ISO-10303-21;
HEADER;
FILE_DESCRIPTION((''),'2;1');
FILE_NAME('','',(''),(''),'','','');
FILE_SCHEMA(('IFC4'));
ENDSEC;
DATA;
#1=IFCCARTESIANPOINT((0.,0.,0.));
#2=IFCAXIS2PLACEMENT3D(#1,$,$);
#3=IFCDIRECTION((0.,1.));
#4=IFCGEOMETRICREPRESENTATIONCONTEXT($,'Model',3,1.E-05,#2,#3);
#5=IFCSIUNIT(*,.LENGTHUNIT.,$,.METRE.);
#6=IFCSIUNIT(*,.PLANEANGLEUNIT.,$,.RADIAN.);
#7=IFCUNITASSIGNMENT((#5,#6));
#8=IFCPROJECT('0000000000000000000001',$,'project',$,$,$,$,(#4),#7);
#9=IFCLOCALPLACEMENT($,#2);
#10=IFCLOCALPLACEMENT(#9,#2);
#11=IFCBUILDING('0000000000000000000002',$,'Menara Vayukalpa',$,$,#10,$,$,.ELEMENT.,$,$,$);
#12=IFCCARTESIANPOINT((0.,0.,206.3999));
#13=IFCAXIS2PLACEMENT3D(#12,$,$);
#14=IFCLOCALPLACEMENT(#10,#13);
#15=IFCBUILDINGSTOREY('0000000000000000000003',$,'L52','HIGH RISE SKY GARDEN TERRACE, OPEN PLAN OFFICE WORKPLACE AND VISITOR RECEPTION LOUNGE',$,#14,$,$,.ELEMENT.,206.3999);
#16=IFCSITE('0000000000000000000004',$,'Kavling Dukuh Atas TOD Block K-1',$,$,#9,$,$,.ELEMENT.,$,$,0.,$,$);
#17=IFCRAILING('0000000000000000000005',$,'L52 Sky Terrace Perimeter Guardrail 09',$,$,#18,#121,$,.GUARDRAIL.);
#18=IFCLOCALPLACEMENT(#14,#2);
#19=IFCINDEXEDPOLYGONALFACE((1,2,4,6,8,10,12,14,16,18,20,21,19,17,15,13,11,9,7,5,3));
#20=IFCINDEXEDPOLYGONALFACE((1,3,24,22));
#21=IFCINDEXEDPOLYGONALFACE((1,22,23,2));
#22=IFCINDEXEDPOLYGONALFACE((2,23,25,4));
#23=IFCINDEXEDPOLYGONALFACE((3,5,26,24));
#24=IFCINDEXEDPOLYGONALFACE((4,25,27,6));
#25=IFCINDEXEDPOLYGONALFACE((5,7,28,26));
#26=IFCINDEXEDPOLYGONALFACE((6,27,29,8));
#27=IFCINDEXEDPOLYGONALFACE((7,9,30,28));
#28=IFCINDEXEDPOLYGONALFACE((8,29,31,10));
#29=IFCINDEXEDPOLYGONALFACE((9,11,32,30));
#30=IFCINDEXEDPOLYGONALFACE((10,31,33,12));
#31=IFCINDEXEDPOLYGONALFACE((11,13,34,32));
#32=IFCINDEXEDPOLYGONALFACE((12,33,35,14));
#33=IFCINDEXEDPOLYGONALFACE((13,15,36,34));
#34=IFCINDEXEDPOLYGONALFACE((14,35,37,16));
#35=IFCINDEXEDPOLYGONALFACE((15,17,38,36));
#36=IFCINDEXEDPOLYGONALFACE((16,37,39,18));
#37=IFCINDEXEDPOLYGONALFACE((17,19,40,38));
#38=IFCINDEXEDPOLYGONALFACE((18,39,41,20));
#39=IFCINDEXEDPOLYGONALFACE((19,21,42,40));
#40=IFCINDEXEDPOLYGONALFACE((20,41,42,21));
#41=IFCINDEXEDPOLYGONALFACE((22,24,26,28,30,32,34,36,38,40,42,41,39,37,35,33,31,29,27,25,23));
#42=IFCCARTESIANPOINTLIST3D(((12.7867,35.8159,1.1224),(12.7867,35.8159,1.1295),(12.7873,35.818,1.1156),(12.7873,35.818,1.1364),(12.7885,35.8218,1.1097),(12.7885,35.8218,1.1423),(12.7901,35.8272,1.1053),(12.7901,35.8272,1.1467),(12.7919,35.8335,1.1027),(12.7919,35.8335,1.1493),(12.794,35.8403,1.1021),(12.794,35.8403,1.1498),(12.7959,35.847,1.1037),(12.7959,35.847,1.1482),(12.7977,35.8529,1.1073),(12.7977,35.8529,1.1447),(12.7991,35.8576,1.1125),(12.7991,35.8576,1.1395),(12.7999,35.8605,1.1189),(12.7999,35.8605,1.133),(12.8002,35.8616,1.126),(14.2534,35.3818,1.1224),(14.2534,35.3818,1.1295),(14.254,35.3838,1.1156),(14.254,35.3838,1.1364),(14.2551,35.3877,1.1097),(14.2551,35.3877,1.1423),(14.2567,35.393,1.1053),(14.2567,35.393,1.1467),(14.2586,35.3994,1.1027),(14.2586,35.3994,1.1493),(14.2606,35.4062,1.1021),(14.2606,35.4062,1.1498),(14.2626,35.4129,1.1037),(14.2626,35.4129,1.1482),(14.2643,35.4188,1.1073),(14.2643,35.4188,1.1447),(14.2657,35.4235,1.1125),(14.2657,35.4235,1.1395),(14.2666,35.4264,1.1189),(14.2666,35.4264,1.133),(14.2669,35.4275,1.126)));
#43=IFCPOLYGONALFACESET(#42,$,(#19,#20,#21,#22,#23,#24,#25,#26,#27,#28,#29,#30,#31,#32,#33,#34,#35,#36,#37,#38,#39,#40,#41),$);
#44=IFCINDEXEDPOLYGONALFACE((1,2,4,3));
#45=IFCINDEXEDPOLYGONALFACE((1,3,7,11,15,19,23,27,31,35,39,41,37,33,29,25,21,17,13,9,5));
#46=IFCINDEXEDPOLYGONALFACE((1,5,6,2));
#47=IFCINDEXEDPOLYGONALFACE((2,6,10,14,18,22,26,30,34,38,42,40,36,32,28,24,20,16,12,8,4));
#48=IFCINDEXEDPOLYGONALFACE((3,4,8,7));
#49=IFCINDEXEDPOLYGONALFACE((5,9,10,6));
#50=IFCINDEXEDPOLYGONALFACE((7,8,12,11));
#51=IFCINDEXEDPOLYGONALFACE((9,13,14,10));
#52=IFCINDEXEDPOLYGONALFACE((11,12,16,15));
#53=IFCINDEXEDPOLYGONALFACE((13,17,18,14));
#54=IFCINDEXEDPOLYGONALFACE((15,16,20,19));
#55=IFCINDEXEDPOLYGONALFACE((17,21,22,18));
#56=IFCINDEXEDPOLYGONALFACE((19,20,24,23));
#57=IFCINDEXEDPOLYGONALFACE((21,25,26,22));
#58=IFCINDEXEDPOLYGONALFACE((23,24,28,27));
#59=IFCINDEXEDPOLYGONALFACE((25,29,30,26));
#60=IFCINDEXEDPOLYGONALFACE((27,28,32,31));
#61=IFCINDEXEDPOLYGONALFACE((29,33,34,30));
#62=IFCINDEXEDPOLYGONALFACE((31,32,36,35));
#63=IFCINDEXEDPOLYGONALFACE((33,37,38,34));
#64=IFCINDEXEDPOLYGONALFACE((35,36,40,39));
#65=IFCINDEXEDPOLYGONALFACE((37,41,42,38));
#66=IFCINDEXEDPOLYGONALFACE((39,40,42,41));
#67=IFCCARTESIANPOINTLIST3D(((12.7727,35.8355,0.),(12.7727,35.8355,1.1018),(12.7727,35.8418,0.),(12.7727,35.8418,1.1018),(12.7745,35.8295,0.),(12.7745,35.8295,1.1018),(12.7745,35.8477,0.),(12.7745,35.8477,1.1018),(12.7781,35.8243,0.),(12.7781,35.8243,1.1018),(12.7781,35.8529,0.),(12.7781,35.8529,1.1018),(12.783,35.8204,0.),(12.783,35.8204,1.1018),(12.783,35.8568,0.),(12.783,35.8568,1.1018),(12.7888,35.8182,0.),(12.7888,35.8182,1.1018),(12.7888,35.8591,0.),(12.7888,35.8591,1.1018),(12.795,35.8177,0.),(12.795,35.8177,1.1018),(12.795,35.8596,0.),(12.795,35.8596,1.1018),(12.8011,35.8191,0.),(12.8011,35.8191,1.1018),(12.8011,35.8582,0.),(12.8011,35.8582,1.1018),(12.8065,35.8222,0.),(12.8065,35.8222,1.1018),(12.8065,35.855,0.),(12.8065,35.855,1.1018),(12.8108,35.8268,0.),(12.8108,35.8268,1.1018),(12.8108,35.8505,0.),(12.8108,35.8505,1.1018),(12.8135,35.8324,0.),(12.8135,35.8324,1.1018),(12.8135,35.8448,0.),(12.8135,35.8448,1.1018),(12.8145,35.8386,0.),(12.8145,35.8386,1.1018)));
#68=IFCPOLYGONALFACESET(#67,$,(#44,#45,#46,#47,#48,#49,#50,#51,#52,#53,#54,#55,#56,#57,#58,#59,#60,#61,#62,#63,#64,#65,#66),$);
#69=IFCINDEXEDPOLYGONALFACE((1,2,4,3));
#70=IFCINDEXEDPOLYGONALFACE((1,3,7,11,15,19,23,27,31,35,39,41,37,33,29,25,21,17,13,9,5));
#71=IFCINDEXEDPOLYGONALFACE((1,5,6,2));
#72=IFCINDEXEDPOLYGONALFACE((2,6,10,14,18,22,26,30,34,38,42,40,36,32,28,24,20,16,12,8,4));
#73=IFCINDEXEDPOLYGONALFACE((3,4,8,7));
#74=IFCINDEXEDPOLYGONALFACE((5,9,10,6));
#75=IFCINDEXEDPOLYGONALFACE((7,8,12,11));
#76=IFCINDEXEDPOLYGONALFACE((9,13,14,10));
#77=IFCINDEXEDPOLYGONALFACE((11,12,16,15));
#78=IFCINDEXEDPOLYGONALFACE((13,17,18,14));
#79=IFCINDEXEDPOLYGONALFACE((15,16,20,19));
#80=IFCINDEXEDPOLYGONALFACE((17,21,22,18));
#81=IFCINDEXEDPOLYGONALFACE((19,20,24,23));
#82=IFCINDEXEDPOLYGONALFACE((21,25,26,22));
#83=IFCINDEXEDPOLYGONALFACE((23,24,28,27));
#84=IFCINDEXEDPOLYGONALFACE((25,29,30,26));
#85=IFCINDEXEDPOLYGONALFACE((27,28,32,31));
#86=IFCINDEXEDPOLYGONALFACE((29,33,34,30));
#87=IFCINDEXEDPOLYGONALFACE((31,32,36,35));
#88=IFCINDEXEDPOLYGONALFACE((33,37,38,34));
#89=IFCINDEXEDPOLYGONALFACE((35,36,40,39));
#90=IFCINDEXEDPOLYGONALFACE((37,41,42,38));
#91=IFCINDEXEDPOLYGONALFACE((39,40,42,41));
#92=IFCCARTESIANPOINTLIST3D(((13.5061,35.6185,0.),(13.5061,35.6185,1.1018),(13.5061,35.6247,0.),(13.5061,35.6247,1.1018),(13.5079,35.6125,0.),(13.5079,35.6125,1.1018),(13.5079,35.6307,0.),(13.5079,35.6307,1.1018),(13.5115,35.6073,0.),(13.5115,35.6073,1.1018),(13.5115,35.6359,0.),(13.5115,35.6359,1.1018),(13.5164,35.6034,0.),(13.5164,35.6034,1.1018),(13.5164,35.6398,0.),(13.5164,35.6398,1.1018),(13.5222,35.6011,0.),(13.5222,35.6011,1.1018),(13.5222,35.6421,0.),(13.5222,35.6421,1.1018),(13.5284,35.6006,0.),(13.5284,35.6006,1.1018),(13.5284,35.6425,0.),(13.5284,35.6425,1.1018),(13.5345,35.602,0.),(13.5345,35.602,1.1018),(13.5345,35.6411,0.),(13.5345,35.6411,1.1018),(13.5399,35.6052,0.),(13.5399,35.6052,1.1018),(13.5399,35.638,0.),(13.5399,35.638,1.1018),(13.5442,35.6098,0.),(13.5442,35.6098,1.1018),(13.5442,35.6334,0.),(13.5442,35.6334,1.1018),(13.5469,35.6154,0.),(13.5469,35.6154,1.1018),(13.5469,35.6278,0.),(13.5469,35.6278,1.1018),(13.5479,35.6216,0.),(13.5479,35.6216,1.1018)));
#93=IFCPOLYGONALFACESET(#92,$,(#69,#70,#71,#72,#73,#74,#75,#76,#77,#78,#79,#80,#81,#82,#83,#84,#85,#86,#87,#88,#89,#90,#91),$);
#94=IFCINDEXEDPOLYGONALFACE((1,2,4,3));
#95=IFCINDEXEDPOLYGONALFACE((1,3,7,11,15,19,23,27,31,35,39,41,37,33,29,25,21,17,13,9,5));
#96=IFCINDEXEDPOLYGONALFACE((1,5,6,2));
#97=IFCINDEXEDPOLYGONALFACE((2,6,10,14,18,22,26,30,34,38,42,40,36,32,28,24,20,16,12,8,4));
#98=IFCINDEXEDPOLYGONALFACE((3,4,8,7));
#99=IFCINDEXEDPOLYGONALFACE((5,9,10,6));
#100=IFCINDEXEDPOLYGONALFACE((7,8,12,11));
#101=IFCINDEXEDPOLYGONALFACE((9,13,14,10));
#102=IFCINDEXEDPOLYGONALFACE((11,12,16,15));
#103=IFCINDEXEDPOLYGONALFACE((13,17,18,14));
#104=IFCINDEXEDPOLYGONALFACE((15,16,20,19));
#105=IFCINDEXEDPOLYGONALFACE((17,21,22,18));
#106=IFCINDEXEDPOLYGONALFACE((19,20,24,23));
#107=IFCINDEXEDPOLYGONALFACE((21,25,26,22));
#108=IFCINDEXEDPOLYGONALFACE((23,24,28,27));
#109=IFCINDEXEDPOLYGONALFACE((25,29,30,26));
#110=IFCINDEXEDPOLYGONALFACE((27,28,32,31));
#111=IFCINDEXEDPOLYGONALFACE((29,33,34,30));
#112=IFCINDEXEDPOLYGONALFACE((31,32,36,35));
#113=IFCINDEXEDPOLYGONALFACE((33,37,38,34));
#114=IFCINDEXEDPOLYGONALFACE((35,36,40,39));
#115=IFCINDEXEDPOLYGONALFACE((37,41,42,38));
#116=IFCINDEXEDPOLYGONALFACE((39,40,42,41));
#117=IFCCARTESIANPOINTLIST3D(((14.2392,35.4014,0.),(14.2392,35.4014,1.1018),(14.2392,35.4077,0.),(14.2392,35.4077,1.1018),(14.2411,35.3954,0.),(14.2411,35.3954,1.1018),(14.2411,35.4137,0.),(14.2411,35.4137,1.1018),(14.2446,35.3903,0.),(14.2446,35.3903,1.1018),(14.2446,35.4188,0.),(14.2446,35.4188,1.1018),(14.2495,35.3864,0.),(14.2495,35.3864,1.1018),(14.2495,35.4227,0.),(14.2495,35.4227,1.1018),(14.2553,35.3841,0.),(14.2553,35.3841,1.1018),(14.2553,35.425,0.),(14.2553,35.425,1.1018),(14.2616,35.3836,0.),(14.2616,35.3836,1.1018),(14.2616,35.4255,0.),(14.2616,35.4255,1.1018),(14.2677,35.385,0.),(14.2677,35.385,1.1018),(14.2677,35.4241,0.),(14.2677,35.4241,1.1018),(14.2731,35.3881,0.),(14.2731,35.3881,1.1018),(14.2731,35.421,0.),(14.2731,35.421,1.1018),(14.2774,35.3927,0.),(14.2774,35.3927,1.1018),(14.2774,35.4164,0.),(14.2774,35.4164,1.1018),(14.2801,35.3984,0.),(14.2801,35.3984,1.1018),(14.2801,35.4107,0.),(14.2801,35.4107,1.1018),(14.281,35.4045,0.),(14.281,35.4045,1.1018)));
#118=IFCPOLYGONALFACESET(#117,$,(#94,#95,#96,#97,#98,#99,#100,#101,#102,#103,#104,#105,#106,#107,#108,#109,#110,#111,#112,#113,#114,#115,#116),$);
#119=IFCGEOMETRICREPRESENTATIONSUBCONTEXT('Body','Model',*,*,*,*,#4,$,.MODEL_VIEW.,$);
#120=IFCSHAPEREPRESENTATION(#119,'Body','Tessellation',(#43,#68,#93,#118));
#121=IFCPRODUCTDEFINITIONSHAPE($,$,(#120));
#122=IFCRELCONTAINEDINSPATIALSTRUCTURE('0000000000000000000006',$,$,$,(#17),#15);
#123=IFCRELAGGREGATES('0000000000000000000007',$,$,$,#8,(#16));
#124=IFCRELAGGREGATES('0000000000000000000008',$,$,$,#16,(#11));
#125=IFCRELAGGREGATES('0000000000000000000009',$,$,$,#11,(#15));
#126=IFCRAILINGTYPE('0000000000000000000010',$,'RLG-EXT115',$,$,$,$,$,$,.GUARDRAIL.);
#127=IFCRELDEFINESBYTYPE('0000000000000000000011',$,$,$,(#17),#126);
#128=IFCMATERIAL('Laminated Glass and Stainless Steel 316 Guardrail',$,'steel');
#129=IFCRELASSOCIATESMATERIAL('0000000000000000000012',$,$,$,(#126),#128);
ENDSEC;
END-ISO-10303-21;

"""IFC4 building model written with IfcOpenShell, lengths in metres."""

from ifc_helpers import new_model, si_unit, direction, frame, origin, origin_2d, place, context, subcontext, project, spatial, circle, extrude, material, type_object, element, save


model = new_model("IFC4")

# Units and contexts
model_context = context("Model", 3, precision=1e-05, world=origin(), true_north=direction((0.0, 1.0)))
body_context = subcontext(model_context, "Body", "Model", "MODEL_VIEW")
ifc_project = project(units=[si_unit("LENGTHUNIT", "METRE"), si_unit("PLANEANGLEUNIT", "RADIAN")], contexts=[model_context])

# Site, building, storey
site_placement = place(None, origin())
site = spatial("IfcSite", under=ifc_project, at=site_placement, Name="Kavling Dukuh Atas TOD Block K-1", CompositionType="ELEMENT", RefElevation=0.0)
building_placement = place(site_placement, origin())
building = spatial("IfcBuilding", under=site, at=building_placement, Name="Menara Vayukalpa", CompositionType="ELEMENT")
storey_placement = place(building_placement, frame((0.0, 0.0, 206.3999)))
storey = spatial("IfcBuildingStorey", under=building, at=storey_placement, Name="L52", Description="HIGH RISE SKY GARDEN TERRACE, OPEN PLAN OFFICE WORKPLACE AND VISITOR RECEPTION LOUNGE", CompositionType="ELEMENT", Elevation=206.3999)

# Railing
ifc_material_1 = material(Name="Laminated Glass and Stainless Steel 316 Guardrail", Category="steel")
railing_type = type_object("IfcRailingType", Name="RLG-EXT115", PredefinedType="GUARDRAIL", material=ifc_material_1)
railing_1_placement = place(storey_placement, frame((12.7935, 35.8386, 0.0)))
element("IfcRailing", 1, at=railing_1_placement, inside=storey, type_object=railing_type, Name="L52 Sky Terrace Perimeter Guardrail 09", PredefinedType="GUARDRAIL", context=body_context, shape_type="SweptSolid", body=[
    extrude(circle(Radius=0.0239, at=origin_2d()), frame((0.0, 0.0, 1.126), z_axis=(0.958879, -0.283817, 0.0), x_axis=(0.283817, 0.958879, 0.0)), (0.0, 0.0, 1.0), 1.5295),
    extrude(circle(Radius=0.021, at=origin_2d()), origin(), (0.0, 0.0, 1.0), 1.1018),
    extrude(circle(Radius=0.021, at=origin_2d()), frame((0.7334, -0.217, 0.0)), (0.0, 0.0, 1.0), 1.1018),
    extrude(circle(Radius=0.021, at=origin_2d()), frame((1.4666, -0.4341, 0.0)), (0.0, 0.0, 1.0), 1.1018),
])

save(model, "model.ifc")
